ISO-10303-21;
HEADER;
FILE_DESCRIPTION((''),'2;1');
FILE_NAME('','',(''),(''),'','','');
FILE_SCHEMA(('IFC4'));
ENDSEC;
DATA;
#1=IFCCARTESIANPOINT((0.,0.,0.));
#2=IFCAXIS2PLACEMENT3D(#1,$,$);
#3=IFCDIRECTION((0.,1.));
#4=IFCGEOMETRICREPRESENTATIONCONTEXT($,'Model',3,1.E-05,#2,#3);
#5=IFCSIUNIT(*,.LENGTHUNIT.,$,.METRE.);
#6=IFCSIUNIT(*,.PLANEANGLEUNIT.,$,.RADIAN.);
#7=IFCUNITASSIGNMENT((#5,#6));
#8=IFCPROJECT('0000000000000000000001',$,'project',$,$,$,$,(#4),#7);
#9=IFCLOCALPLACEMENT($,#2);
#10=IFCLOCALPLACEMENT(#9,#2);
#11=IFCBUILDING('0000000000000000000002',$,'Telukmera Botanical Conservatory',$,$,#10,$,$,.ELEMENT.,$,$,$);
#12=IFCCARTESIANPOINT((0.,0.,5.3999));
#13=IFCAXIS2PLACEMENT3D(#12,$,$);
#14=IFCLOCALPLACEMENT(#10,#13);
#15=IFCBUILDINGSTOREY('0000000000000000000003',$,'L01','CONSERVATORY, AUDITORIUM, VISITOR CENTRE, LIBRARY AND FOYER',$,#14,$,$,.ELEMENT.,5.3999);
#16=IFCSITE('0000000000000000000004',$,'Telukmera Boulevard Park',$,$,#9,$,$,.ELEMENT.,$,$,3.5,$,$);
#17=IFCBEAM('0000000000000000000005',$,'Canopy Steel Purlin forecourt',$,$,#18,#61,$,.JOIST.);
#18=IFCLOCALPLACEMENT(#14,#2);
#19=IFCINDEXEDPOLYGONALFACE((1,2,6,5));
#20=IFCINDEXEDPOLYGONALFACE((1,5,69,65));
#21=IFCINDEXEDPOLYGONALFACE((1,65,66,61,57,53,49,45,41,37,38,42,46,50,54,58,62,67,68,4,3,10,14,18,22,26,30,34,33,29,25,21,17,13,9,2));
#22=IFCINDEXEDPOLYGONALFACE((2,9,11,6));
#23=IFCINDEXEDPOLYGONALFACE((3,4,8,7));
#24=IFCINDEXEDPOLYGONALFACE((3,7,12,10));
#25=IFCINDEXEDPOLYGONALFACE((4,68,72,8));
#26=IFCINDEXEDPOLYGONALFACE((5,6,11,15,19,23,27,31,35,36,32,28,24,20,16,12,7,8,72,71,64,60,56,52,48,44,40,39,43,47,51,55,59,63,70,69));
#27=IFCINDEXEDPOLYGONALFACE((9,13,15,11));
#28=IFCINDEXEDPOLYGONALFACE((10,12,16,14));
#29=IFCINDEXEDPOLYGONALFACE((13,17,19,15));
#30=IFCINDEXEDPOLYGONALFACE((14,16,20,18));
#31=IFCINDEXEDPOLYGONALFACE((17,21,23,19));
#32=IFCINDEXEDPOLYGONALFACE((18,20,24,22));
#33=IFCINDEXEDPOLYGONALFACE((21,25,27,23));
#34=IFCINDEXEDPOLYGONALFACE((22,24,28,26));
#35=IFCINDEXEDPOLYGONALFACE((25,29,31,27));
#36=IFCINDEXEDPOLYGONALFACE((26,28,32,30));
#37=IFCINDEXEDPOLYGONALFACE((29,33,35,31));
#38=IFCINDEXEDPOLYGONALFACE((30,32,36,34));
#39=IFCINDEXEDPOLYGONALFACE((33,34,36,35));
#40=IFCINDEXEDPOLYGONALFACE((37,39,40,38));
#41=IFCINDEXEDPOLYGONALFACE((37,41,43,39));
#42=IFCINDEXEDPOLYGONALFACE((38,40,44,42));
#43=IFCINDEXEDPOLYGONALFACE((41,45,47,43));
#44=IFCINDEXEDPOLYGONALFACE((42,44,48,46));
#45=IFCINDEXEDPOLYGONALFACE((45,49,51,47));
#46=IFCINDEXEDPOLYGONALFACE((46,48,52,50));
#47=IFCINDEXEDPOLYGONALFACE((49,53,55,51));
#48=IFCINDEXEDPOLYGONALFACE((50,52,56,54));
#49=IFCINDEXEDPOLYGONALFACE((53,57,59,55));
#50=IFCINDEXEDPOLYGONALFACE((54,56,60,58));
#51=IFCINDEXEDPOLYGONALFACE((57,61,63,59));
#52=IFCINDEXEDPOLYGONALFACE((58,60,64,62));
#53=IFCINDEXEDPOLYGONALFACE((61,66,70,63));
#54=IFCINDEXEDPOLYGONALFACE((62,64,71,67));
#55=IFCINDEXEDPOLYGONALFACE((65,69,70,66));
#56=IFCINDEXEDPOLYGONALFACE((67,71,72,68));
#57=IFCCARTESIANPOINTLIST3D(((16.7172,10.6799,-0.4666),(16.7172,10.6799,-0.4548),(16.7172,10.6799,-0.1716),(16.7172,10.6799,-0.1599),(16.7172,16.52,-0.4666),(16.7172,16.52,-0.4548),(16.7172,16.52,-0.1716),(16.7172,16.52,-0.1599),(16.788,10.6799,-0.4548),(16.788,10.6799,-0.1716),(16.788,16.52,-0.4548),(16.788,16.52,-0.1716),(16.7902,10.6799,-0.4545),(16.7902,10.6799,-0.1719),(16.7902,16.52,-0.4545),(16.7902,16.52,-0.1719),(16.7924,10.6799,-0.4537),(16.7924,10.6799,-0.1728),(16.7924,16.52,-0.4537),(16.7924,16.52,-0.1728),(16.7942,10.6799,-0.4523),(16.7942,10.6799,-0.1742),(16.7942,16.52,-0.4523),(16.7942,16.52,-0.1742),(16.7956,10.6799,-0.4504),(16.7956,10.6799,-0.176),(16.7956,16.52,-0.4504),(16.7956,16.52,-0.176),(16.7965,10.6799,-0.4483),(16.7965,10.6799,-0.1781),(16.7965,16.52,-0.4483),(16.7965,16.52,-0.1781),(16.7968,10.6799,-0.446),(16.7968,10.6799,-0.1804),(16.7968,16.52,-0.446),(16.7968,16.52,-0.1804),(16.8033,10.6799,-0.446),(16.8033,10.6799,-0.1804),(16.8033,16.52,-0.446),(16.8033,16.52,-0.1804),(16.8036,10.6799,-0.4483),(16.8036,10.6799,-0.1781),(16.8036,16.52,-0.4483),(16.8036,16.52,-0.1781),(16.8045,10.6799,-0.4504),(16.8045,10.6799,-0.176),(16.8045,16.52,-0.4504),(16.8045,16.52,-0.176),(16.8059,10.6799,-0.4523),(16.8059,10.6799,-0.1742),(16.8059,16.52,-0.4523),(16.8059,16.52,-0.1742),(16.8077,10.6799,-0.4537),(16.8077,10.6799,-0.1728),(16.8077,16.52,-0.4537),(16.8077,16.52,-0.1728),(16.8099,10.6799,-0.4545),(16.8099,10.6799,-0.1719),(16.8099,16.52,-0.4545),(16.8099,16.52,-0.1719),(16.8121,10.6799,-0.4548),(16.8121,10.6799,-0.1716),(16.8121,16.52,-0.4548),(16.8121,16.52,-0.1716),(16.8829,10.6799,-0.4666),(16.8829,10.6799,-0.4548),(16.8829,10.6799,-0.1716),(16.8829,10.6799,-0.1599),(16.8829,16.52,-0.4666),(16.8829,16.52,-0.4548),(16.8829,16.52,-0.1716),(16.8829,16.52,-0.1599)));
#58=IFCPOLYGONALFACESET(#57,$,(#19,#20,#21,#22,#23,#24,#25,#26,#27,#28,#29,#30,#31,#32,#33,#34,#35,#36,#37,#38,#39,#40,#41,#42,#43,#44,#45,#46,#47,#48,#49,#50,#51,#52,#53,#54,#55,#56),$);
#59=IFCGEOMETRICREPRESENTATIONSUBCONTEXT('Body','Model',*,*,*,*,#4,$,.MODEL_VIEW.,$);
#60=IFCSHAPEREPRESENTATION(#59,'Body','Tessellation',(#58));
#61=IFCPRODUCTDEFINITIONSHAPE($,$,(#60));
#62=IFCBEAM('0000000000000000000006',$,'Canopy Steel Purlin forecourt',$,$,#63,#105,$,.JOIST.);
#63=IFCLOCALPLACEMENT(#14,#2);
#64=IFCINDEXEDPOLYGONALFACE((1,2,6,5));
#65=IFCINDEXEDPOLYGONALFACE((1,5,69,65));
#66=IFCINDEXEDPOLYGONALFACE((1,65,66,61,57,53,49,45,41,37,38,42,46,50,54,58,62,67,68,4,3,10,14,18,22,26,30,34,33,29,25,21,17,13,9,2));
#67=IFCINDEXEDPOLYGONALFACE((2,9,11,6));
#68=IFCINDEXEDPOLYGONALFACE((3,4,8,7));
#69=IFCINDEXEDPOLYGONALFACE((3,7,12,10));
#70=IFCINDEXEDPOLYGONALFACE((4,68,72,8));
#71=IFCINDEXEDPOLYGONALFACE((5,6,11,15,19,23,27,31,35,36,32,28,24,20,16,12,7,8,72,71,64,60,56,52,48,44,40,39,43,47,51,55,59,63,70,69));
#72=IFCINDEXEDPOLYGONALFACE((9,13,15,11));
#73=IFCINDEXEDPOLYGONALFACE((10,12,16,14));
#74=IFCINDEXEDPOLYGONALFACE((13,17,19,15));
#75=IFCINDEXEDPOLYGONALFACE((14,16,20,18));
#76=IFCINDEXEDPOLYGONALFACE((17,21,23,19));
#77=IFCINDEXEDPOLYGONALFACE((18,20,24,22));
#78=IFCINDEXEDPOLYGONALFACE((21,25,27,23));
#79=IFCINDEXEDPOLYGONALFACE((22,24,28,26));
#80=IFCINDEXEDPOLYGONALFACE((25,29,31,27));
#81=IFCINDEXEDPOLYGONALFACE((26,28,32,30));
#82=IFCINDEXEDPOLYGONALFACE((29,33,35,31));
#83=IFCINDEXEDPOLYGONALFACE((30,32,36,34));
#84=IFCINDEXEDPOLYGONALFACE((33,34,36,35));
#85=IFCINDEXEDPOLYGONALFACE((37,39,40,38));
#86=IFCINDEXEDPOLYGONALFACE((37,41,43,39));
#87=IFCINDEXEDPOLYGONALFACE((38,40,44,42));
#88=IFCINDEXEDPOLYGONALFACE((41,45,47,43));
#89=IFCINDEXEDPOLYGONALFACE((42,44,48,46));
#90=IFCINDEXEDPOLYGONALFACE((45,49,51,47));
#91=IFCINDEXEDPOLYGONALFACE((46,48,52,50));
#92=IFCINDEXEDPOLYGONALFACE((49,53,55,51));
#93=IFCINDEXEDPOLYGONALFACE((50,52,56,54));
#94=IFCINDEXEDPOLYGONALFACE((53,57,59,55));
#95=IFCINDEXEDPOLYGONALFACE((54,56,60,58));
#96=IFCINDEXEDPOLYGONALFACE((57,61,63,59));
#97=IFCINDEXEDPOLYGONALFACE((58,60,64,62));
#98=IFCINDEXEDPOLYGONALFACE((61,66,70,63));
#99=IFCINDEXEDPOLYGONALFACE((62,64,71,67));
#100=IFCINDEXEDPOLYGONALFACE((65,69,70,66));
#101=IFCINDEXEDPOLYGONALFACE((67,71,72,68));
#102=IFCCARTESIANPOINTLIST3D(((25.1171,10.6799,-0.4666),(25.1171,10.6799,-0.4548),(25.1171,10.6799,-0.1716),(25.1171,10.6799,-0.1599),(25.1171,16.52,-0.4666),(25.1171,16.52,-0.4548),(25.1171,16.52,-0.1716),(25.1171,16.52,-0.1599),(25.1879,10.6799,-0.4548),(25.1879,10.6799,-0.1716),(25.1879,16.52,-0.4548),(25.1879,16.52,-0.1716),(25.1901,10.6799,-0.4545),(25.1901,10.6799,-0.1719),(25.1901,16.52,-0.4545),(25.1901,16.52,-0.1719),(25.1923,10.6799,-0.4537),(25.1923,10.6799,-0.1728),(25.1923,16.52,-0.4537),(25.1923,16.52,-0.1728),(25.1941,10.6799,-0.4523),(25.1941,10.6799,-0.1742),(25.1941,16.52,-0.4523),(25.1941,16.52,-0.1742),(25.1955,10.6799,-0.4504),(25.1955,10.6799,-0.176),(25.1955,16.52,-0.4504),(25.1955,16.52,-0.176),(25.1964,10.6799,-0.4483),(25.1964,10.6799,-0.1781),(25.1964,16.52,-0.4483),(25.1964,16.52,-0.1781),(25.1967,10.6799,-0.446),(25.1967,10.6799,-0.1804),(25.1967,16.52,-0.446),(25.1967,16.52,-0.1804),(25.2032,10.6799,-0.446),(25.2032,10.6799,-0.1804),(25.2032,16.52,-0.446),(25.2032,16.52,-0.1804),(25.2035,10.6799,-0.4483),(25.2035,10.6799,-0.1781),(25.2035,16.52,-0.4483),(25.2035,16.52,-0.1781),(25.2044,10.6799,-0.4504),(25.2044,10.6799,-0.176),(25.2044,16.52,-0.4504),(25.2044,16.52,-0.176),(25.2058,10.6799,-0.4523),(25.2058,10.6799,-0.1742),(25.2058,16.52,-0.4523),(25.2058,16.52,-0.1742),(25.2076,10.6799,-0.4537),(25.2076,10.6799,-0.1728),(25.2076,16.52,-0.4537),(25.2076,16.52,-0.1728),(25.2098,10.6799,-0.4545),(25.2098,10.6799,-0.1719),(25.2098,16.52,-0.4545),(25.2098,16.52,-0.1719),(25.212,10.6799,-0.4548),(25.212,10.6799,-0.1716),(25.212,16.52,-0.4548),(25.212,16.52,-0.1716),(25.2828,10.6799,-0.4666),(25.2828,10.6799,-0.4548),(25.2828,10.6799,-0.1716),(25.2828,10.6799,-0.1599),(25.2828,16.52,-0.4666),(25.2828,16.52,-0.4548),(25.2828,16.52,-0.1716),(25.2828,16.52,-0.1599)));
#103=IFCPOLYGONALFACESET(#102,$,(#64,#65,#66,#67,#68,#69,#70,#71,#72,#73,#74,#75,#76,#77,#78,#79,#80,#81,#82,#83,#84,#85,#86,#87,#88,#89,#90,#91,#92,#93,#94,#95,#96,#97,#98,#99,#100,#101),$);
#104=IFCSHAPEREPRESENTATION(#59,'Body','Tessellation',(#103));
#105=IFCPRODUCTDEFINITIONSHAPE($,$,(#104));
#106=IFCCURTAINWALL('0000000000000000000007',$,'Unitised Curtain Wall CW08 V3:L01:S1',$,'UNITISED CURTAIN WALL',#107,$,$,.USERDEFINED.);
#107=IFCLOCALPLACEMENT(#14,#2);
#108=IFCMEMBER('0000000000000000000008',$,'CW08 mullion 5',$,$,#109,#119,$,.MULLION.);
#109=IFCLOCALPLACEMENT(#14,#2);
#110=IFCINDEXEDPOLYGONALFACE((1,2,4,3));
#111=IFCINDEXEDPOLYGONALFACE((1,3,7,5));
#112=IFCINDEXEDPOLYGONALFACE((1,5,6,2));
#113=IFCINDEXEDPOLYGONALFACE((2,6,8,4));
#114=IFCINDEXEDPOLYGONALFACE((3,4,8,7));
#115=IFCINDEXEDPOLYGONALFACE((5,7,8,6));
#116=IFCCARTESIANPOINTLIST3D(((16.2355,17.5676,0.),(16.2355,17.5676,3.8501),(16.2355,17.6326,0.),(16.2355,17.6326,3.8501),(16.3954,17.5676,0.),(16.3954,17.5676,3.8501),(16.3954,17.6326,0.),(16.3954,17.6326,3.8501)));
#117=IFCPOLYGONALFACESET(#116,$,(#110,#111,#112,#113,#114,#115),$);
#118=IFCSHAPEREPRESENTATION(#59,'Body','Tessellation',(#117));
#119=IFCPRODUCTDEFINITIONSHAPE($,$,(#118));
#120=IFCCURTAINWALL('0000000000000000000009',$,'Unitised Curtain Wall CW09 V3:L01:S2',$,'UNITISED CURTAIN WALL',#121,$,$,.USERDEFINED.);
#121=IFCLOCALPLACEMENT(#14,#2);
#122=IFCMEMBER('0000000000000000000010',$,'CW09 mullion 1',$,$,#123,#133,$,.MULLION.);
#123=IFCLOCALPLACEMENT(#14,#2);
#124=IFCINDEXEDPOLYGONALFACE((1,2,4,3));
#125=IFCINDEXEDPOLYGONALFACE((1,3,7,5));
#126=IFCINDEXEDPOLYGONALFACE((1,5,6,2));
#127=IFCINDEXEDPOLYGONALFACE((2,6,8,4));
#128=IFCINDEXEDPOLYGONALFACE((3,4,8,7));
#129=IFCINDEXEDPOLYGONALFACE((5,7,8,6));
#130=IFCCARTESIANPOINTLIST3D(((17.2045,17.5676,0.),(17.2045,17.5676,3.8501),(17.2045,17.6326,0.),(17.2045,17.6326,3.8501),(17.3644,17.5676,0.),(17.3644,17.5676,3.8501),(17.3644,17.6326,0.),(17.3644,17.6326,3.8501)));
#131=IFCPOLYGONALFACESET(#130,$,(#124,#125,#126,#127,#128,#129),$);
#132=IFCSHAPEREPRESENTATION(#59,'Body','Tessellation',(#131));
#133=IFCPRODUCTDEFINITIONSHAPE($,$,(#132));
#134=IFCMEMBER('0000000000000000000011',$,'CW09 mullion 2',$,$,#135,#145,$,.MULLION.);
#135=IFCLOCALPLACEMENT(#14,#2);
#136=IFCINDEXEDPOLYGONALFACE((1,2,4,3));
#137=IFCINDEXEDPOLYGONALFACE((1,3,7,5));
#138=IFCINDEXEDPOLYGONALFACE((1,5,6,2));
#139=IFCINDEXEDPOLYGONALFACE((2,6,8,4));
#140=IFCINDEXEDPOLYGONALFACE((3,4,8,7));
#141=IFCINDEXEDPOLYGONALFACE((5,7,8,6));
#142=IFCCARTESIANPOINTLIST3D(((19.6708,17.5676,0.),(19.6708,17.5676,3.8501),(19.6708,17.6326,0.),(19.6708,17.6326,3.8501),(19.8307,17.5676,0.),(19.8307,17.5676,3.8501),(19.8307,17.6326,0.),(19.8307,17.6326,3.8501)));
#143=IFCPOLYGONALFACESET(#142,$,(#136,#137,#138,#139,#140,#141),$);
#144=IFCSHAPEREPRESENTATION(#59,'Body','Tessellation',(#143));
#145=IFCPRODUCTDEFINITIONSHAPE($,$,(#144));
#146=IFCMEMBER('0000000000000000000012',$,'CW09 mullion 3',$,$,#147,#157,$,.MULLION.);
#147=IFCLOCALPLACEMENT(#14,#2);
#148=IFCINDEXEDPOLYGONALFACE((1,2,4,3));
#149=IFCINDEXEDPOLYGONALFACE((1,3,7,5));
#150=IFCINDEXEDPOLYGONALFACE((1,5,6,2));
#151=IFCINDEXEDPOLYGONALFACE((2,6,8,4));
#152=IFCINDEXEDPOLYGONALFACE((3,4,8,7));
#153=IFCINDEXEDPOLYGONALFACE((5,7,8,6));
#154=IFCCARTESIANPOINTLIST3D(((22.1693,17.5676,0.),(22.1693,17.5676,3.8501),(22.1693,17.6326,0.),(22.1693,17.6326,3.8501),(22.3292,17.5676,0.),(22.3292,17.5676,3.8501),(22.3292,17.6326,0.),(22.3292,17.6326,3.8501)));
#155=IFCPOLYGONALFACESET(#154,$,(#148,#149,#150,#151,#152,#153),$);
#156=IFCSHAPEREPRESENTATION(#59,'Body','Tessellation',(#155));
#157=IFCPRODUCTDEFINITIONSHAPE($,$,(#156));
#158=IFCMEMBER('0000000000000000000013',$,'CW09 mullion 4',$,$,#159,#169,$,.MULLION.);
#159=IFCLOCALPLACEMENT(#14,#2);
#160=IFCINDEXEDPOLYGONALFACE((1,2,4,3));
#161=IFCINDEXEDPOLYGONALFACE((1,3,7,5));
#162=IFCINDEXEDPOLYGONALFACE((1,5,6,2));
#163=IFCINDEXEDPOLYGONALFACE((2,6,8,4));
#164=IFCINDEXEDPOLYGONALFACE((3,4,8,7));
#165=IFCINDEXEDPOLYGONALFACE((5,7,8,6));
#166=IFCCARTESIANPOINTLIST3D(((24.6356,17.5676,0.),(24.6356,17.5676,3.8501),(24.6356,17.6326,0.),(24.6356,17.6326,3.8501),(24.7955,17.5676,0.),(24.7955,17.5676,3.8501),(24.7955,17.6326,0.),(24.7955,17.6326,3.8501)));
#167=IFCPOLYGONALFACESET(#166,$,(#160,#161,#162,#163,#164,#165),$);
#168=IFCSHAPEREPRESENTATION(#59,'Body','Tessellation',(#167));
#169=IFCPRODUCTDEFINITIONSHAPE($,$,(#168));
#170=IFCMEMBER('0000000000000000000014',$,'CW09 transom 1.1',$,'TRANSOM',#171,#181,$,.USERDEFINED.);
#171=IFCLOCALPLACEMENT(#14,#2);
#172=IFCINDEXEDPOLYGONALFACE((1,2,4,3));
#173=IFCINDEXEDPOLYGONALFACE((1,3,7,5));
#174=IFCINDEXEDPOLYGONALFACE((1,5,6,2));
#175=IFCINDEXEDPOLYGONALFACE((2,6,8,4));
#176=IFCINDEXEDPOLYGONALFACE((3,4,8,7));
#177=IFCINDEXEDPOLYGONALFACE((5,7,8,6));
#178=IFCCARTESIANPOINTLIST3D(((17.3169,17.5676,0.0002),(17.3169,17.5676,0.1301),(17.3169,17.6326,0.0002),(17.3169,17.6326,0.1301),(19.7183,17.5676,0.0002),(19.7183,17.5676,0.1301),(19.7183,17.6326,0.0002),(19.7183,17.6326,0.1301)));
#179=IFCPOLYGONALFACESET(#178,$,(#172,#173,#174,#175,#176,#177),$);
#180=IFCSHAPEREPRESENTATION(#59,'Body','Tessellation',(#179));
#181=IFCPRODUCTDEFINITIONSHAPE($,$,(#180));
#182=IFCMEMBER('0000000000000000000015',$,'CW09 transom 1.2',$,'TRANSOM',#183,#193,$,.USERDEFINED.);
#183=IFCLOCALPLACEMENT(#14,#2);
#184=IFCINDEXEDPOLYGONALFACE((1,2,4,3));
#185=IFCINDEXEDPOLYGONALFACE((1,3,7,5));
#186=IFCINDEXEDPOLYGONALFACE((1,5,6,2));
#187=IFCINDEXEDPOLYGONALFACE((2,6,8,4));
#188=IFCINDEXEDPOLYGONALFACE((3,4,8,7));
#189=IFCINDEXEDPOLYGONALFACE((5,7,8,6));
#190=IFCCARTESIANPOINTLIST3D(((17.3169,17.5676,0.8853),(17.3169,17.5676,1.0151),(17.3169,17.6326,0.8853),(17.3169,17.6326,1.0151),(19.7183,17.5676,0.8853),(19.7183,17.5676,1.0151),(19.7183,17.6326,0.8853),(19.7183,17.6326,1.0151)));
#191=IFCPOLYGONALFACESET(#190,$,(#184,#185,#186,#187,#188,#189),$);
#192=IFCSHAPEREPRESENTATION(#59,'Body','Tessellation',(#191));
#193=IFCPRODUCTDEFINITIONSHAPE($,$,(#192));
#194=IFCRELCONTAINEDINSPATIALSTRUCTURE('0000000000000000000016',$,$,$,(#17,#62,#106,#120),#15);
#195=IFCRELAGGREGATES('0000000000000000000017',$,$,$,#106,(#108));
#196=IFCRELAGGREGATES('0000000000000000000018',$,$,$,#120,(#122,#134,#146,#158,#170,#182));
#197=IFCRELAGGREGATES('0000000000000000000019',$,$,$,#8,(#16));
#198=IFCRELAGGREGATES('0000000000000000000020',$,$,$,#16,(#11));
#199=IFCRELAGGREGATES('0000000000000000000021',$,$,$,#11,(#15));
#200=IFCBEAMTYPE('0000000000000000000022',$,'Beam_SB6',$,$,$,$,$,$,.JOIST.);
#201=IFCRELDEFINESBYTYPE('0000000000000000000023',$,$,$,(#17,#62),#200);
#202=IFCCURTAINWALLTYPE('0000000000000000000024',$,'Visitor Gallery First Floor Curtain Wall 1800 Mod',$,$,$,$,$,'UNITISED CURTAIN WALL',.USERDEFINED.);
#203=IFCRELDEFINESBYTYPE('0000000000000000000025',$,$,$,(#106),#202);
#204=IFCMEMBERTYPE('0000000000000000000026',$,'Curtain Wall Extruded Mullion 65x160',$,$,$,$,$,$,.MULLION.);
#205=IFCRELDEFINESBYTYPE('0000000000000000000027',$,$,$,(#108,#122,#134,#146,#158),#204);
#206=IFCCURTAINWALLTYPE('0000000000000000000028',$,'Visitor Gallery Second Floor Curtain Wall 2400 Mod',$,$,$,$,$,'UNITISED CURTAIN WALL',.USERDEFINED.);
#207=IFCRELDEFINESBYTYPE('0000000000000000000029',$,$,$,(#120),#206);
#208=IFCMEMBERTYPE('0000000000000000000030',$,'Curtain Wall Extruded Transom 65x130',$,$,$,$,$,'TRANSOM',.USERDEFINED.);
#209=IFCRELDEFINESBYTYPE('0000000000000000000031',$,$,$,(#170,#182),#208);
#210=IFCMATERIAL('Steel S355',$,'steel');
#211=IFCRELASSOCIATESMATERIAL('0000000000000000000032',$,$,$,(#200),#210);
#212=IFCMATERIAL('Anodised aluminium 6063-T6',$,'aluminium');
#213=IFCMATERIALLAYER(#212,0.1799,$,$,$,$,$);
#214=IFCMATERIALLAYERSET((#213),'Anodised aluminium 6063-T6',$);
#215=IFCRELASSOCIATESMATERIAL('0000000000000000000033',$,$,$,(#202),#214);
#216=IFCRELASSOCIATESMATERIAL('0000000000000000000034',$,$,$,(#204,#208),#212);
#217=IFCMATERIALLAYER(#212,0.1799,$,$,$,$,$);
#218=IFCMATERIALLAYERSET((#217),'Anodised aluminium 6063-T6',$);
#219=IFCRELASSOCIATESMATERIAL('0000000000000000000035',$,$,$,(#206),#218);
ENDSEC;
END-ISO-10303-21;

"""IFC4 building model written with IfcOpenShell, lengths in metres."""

from ifc_helpers import new_model, si_unit, direction, frame, origin, origin_2d, place, context, subcontext, project, spatial, rectangle, i_section, extrude, material, layer, layer_set, material_profile, profile_set, type_object, element, aggregate, save


model = new_model("IFC4")

# Units and contexts
model_context = context("Model", 3, precision=1e-05, world=origin(), true_north=direction((0.0, 1.0)))
body_context = subcontext(model_context, "Body", "Model", "MODEL_VIEW")
ifc_project = project(units=[si_unit("LENGTHUNIT", "METRE"), si_unit("PLANEANGLEUNIT", "RADIAN")], contexts=[model_context])

# Site, building, storey
site_placement = place(None, origin())
site = spatial("IfcSite", under=ifc_project, at=site_placement, Name="Telukmera Boulevard Park", CompositionType="ELEMENT", RefElevation=3.5)
building_placement = place(site_placement, origin())
building = spatial("IfcBuilding", under=site, at=building_placement, Name="Telukmera Botanical Conservatory", CompositionType="ELEMENT")
storey_placement = place(building_placement, frame((0.0, 0.0, 5.3999)))
storey = spatial("IfcBuildingStorey", under=building, at=storey_placement, Name="L01", Description="CONSERVATORY, AUDITORIUM, VISITOR CENTRE, LIBRARY AND FOYER", CompositionType="ELEMENT", Elevation=5.3999)

# Beams
ifc_material_1 = material(Name="Steel S355", Category="steel")
ifc_material_profile_1 = material_profile(ifc_material_1, i_section(OverallWidth=0.1658, OverallDepth=0.3066, WebThickness=0.0066, FlangeThickness=0.0117, FilletRadius=0.0088, at=origin_2d()), Name="UB 305x165x46")
ifc_profile_set_1 = profile_set([ifc_material_profile_1], Name="Steel S355")
beam_type_1 = type_object("IfcBeamType", Name="Beam_SB6", PredefinedType="JOIST", material=ifc_profile_set_1)
for number, where, z_axis, x_axis, name in (
    (1, (16.8, 10.6799, -0.3132), (0.0, 1.0, 0.0), (-1.0, 0.0, 0.0), "Canopy Steel Purlin forecourt"),
    (2, (25.2, 10.6799, -0.3132), (0.0, 1.0, 0.0), (-1.0, 0.0, 0.0), "Canopy Steel Purlin forecourt"),
):
    element("IfcBeam", number, at=place(storey_placement, frame(where, z_axis=z_axis, x_axis=x_axis)), inside=storey, type_object=beam_type_1, Name=name, PredefinedType="JOIST", context=body_context, shape_type="SweptSolid", body=[
        extrude(i_section(OverallWidth=0.1658, OverallDepth=0.3066, WebThickness=0.0066, FlangeThickness=0.0117, FilletRadius=0.0088, at=origin_2d()), origin(), (0.0, 0.0, 1.0), 5.8401),
    ])

# Curtain wall, member
ifc_material_2 = material(Name="Anodised aluminium 6063-T6", Category="aluminium")
ifc_layer_1 = layer(ifc_material_2, 0.1799)
ifc_layer_set_1 = layer_set([ifc_layer_1], Name="Anodised aluminium 6063-T6")
curtain_wall_type_1 = type_object("IfcCurtainWallType", Name="Visitor Gallery First Floor Curtain Wall 1800 Mod", ElementType="UNITISED CURTAIN WALL", PredefinedType="USERDEFINED", material=ifc_layer_set_1)
curtain_wall_1_placement = place(storey_placement, origin())
curtain_wall_1 = element("IfcCurtainWall", 3, at=curtain_wall_1_placement, inside=storey, type_object=curtain_wall_type_1, Name="Unitised Curtain Wall CW08 V3:L01:S1", ObjectType="UNITISED CURTAIN WALL", PredefinedType="USERDEFINED")
ifc_material_profile_2 = material_profile(ifc_material_2, rectangle(XDim=0.0649, YDim=0.1599, at=origin_2d()), Name="ALU MULL 65x160")
ifc_profile_set_2 = profile_set([ifc_material_profile_2], Name="Anodised aluminium 6063-T6")
member_type_1 = type_object("IfcMemberType", Name="Curtain Wall Extruded Mullion 65x160", PredefinedType="MULLION", material=ifc_profile_set_2)
member_1_placement = place(storey_placement, frame((16.3154, 17.6001, 0.0), z_axis=(0.0, 0.0, 1.0), x_axis=(0.0, 1.0, 0.0)))
member_1 = element("IfcMember", 4, at=member_1_placement, type_object=member_type_1, Name="CW08 mullion 5", PredefinedType="MULLION", context=body_context, shape_type="SweptSolid", body=[
    extrude(rectangle(XDim=0.0649, YDim=0.1599, at=origin_2d()), origin(), (0.0, 0.0, 1.0), 3.8501),
])
aggregate(curtain_wall_1, [member_1])

# Curtain wall, members
ifc_layer_2 = layer(ifc_material_2, 0.1799)
ifc_layer_set_2 = layer_set([ifc_layer_2], Name="Anodised aluminium 6063-T6")
curtain_wall_type_2 = type_object("IfcCurtainWallType", Name="Visitor Gallery Second Floor Curtain Wall 2400 Mod", ElementType="UNITISED CURTAIN WALL", PredefinedType="USERDEFINED", material=ifc_layer_set_2)
curtain_wall_2_placement = place(storey_placement, origin())
curtain_wall_2 = element("IfcCurtainWall", 5, at=curtain_wall_2_placement, inside=storey, type_object=curtain_wall_type_2, Name="Unitised Curtain Wall CW09 V3:L01:S2", ObjectType="UNITISED CURTAIN WALL", PredefinedType="USERDEFINED")
member_2_placement = place(storey_placement, frame((17.2844, 17.6001, 0.0), z_axis=(0.0, 0.0, 1.0), x_axis=(0.0, 1.0, 0.0)))
member_2 = element("IfcMember", 6, at=member_2_placement, type_object=member_type_1, Name="CW09 mullion 1", PredefinedType="MULLION", context=body_context, shape_type="SweptSolid", body=[
    extrude(rectangle(XDim=0.0649, YDim=0.1599, at=origin_2d()), origin(), (0.0, 0.0, 1.0), 3.8501),
])
member_3_placement = place(storey_placement, frame((19.7507, 17.6001, 0.0), z_axis=(0.0, 0.0, 1.0), x_axis=(0.0, 1.0, 0.0)))
member_3 = element("IfcMember", 7, at=member_3_placement, type_object=member_type_1, Name="CW09 mullion 2", PredefinedType="MULLION", context=body_context, shape_type="SweptSolid", body=[
    extrude(rectangle(XDim=0.0649, YDim=0.1599, at=origin_2d()), origin(), (0.0, 0.0, 1.0), 3.8501),
])
member_4_placement = place(storey_placement, frame((22.2493, 17.6001, 0.0), z_axis=(0.0, 0.0, 1.0), x_axis=(0.0, 1.0, 0.0)))
member_4 = element("IfcMember", 8, at=member_4_placement, type_object=member_type_1, Name="CW09 mullion 3", PredefinedType="MULLION", context=body_context, shape_type="SweptSolid", body=[
    extrude(rectangle(XDim=0.0649, YDim=0.1599, at=origin_2d()), origin(), (0.0, 0.0, 1.0), 3.8501),
])
member_5_placement = place(storey_placement, frame((24.7156, 17.6001, 0.0), z_axis=(0.0, 0.0, 1.0), x_axis=(0.0, 1.0, 0.0)))
member_5 = element("IfcMember", 9, at=member_5_placement, type_object=member_type_1, Name="CW09 mullion 4", PredefinedType="MULLION", context=body_context, shape_type="SweptSolid", body=[
    extrude(rectangle(XDim=0.0649, YDim=0.1599, at=origin_2d()), origin(), (0.0, 0.0, 1.0), 3.8501),
])
ifc_material_profile_3 = material_profile(ifc_material_2, rectangle(XDim=0.0649, YDim=0.1299, at=origin_2d()), Name="ALU TRAN 65x130")
ifc_profile_set_3 = profile_set([ifc_material_profile_3], Name="Anodised aluminium 6063-T6")
member_type_2 = type_object("IfcMemberType", Name="Curtain Wall Extruded Transom 65x130", ElementType="TRANSOM", PredefinedType="USERDEFINED", material=ifc_profile_set_3)
member_6_placement = place(storey_placement, frame((17.3169, 17.6001, 0.0652), z_axis=(1.0, 0.0, 0.0), x_axis=(0.0, 1.0, 0.0)))
member_6 = element("IfcMember", 10, at=member_6_placement, type_object=member_type_2, Name="CW09 transom 1.1", ObjectType="TRANSOM", PredefinedType="USERDEFINED", context=body_context, shape_type="SweptSolid", body=[
    extrude(rectangle(XDim=0.0649, YDim=0.1299, at=origin_2d()), origin(), (0.0, 0.0, 1.0), 2.4014),
])
member_7_placement = place(storey_placement, frame((17.3169, 17.6001, 0.9502), z_axis=(1.0, 0.0, 0.0), x_axis=(0.0, 1.0, 0.0)))
member_7 = element("IfcMember", 11, at=member_7_placement, type_object=member_type_2, Name="CW09 transom 1.2", ObjectType="TRANSOM", PredefinedType="USERDEFINED", context=body_context, shape_type="SweptSolid", body=[
    extrude(rectangle(XDim=0.0649, YDim=0.1299, at=origin_2d()), origin(), (0.0, 0.0, 1.0), 2.4014),
])

aggregate(curtain_wall_2, [member_2, member_3, member_4, member_5, member_6, member_7])

save(model, "model.ifc")
